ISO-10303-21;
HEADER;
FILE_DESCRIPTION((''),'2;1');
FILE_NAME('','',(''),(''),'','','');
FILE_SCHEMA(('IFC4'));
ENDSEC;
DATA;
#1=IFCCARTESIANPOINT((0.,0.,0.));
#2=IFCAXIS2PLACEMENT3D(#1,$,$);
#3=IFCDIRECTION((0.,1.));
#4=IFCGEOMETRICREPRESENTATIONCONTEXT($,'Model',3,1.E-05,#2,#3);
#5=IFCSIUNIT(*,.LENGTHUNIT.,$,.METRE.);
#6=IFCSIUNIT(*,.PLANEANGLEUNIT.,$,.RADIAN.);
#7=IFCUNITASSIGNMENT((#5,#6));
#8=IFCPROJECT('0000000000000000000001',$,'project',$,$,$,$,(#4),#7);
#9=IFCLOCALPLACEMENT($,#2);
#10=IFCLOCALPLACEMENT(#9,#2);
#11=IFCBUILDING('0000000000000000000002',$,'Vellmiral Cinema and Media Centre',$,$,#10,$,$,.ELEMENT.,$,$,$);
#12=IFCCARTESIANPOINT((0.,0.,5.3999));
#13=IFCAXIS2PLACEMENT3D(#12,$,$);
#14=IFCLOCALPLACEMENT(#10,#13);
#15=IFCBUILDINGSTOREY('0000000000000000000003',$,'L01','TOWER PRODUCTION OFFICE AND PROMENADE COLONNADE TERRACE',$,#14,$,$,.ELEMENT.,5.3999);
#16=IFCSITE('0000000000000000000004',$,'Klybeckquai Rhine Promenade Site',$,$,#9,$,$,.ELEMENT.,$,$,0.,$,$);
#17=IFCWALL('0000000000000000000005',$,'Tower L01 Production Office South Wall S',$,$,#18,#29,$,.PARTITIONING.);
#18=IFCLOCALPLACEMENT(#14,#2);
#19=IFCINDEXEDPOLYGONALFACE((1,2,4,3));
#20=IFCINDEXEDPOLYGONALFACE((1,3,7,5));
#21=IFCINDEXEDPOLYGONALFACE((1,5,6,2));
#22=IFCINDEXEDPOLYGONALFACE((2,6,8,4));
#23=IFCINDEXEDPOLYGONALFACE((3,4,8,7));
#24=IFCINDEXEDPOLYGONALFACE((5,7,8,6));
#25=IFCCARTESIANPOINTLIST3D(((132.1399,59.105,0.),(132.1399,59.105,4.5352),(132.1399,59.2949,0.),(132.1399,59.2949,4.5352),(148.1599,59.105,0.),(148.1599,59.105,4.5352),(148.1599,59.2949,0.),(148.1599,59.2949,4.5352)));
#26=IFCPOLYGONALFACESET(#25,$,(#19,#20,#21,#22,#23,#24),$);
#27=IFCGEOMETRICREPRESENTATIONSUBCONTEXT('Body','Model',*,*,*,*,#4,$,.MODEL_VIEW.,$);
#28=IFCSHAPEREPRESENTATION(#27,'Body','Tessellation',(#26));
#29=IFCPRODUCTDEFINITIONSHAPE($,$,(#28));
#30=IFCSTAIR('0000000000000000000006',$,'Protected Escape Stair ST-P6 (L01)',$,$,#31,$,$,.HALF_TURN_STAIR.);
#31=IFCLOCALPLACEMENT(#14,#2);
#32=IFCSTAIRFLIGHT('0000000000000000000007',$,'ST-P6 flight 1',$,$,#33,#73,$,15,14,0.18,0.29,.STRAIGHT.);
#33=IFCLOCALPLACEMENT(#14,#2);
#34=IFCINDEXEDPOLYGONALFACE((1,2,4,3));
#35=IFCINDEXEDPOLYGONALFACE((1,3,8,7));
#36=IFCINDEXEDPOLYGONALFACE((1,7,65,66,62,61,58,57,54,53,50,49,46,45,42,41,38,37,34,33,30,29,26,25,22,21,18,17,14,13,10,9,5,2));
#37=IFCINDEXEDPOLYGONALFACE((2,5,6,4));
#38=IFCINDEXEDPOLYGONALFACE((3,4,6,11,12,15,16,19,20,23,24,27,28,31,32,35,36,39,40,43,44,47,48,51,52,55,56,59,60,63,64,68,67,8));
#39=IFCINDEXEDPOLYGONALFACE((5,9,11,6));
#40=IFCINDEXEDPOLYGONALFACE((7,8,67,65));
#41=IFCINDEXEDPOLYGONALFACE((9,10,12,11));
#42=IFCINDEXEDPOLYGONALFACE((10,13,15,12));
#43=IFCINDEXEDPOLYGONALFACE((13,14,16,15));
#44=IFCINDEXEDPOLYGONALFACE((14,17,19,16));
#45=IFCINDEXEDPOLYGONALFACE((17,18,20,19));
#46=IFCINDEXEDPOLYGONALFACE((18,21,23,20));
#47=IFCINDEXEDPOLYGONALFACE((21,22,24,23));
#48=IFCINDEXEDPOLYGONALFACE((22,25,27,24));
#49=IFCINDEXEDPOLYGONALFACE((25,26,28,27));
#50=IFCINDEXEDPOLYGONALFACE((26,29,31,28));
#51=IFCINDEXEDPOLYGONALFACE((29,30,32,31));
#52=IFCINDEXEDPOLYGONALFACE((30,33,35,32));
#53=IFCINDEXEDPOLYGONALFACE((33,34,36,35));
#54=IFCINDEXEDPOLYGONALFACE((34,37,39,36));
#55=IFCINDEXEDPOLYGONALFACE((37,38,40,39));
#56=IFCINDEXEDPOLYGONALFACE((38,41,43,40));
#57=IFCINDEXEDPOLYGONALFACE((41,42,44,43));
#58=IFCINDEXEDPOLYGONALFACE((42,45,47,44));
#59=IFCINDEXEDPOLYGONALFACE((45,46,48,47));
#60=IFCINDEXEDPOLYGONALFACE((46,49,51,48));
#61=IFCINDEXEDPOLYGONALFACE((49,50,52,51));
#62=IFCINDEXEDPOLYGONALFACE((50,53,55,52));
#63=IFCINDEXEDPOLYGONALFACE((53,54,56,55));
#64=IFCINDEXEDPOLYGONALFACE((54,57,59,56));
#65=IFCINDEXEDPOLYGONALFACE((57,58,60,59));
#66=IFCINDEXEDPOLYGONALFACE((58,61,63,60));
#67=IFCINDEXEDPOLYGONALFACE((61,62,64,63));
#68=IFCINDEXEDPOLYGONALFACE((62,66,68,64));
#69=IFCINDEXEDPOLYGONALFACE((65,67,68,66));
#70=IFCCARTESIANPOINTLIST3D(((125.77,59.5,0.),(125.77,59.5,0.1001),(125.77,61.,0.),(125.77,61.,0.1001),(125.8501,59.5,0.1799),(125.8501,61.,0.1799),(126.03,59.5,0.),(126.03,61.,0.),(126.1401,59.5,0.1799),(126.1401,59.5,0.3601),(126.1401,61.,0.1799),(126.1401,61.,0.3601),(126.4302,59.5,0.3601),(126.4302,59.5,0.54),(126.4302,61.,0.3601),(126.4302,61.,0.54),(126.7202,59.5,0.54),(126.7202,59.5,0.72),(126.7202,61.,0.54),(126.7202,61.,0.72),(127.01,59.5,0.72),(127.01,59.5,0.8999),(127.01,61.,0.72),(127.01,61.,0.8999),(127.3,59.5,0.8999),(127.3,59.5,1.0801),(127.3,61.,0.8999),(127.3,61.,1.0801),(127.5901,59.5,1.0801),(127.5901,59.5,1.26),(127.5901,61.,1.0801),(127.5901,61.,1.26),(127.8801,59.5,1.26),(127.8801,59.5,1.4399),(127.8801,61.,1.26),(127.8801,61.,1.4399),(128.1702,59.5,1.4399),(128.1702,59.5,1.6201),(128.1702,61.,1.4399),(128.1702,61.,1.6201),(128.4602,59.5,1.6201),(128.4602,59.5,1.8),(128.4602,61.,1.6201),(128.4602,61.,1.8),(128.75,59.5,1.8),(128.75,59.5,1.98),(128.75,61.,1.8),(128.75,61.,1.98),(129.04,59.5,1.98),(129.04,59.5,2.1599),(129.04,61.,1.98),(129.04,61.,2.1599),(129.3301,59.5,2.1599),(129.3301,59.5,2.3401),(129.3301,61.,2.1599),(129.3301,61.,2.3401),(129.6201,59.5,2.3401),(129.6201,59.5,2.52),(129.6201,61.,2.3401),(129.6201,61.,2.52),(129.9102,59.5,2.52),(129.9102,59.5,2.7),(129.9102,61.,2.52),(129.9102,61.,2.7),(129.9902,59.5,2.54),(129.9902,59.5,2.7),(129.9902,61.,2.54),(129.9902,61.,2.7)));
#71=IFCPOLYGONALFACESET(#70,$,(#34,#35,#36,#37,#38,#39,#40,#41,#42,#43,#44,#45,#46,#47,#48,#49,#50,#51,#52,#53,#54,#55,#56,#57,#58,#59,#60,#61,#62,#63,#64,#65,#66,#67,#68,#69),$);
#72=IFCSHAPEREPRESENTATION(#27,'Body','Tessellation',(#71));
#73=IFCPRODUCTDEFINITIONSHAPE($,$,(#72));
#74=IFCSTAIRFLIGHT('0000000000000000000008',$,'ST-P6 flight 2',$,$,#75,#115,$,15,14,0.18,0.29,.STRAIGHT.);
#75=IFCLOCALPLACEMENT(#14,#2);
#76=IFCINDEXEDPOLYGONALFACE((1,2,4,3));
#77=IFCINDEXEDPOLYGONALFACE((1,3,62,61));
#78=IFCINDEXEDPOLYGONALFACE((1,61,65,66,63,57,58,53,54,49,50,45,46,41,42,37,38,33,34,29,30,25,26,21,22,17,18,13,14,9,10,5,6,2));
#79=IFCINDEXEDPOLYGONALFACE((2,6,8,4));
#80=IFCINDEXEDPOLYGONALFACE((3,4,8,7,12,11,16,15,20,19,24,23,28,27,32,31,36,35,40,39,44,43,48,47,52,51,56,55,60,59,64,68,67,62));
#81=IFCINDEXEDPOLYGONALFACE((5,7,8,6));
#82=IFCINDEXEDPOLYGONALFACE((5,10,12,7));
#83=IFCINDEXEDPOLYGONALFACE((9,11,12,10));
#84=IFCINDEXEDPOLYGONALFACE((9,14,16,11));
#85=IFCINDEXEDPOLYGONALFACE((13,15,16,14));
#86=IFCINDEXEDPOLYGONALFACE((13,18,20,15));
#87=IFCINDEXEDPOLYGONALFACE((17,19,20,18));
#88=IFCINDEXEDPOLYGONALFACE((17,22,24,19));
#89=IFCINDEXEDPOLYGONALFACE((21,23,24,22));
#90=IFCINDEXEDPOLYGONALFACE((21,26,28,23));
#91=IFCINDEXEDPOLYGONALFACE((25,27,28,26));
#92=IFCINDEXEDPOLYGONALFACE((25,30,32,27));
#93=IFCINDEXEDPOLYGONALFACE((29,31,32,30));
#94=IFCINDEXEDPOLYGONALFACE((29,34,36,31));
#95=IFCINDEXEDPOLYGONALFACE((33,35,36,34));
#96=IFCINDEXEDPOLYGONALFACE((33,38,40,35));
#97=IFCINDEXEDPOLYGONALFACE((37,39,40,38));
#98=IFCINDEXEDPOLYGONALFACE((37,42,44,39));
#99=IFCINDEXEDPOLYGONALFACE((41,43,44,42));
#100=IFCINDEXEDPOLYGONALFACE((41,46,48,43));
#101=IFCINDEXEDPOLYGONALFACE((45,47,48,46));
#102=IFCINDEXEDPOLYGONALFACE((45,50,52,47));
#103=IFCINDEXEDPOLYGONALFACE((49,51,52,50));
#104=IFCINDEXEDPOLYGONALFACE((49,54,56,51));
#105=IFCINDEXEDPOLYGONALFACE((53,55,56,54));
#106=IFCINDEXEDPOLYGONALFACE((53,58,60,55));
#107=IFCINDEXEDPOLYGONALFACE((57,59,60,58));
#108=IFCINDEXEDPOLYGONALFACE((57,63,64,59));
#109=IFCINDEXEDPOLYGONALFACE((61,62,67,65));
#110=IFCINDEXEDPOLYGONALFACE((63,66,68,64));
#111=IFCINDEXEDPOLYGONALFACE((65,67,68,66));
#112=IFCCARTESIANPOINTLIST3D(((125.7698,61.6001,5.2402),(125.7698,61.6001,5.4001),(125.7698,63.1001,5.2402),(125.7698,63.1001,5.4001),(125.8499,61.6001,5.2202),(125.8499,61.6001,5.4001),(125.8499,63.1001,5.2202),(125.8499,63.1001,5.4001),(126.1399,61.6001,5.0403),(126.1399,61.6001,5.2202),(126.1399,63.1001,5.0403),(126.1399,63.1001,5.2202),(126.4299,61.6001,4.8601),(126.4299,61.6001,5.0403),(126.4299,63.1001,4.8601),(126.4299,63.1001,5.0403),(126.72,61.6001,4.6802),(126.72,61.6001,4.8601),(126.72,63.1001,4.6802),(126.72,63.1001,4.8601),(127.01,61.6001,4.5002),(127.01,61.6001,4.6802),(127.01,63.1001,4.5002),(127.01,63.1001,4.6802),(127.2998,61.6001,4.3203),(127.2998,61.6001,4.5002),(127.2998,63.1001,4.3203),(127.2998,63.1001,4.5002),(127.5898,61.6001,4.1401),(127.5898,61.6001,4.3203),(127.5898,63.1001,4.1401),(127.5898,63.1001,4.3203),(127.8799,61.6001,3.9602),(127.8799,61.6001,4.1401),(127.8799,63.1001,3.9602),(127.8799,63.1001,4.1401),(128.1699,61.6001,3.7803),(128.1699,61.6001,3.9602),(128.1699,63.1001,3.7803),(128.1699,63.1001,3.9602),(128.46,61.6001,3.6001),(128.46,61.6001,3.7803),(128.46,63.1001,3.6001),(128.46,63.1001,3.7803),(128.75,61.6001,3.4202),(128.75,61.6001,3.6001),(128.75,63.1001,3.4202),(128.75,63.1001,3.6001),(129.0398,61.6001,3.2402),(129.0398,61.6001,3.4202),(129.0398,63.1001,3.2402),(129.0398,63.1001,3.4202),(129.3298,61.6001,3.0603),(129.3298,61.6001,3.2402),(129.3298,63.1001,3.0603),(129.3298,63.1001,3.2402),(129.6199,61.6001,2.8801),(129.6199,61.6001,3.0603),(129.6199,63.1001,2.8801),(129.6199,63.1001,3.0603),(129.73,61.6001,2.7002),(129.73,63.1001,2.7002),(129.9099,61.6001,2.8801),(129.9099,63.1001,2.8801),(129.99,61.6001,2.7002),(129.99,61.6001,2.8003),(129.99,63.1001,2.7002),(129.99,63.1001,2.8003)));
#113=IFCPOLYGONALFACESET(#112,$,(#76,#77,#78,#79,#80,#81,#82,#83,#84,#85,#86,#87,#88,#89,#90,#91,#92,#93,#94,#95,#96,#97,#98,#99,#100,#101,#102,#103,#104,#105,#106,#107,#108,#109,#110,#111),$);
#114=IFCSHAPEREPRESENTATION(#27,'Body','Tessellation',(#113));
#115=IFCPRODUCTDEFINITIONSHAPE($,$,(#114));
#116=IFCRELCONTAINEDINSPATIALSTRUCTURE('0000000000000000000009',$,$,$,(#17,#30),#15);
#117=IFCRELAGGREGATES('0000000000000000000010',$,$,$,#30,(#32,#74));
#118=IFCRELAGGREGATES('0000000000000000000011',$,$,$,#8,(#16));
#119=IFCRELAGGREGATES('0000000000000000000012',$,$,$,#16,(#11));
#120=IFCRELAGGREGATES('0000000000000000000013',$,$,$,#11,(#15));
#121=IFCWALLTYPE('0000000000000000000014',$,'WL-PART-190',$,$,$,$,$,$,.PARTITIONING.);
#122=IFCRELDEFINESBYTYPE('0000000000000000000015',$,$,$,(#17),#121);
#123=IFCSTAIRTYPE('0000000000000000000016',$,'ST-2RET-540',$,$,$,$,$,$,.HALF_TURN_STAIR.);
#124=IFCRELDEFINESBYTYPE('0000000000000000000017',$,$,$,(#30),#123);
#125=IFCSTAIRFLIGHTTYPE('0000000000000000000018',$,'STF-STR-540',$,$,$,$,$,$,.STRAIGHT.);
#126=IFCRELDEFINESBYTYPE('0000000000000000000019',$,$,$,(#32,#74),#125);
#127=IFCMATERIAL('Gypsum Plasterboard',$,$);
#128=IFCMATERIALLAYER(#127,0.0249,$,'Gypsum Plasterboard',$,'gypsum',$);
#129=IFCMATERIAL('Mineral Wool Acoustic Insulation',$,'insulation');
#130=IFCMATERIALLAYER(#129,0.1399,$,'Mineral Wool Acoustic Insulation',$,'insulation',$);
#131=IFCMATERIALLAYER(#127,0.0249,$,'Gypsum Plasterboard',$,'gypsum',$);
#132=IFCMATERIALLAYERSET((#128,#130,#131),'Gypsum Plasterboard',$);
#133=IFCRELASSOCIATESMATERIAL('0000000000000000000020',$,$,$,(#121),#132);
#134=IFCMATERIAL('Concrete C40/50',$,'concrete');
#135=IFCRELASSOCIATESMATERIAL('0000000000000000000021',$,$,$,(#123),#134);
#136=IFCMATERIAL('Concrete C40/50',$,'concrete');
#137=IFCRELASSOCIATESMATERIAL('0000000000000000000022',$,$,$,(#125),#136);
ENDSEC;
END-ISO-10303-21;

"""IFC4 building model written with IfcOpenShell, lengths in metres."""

from ifc_helpers import new_model, si_unit, direction, frame, frame_2d, origin, place, context, subcontext, project, spatial, polyline, rectangle, outline, extrude, material, layer, layer_set, type_object, element, aggregate, save


model = new_model("IFC4")

# Units and contexts
model_context = context("Model", 3, precision=1e-05, world=origin(), true_north=direction((0.0, 1.0)))
body_context = subcontext(model_context, "Body", "Model", "MODEL_VIEW")
ifc_project = project(units=[si_unit("LENGTHUNIT", "METRE"), si_unit("PLANEANGLEUNIT", "RADIAN")], contexts=[model_context])

# Site, building, storey
site_placement = place(None, origin())
site = spatial("IfcSite", under=ifc_project, at=site_placement, Name="Klybeckquai Rhine Promenade Site", CompositionType="ELEMENT", RefElevation=0.0)
building_placement = place(site_placement, origin())
building = spatial("IfcBuilding", under=site, at=building_placement, Name="Vellmiral Cinema and Media Centre", CompositionType="ELEMENT")
storey_placement = place(building_placement, frame((0.0, 0.0, 5.3999)))
storey = spatial("IfcBuildingStorey", under=building, at=storey_placement, Name="L01", Description="TOWER PRODUCTION OFFICE AND PROMENADE COLONNADE TERRACE", CompositionType="ELEMENT", Elevation=5.3999)

# Wall
ifc_material_1 = material(Name="Gypsum Plasterboard")
ifc_layer_1 = layer(ifc_material_1, 0.0249, Name="Gypsum Plasterboard", Category="gypsum")
ifc_material_2 = material(Name="Mineral Wool Acoustic Insulation", Category="insulation")
ifc_layer_2 = layer(ifc_material_2, 0.1399, Name="Mineral Wool Acoustic Insulation", Category="insulation")
ifc_layer_3 = layer(ifc_material_1, 0.0249, Name="Gypsum Plasterboard", Category="gypsum")
ifc_layer_set_1 = layer_set([ifc_layer_1, ifc_layer_2, ifc_layer_3], Name="Gypsum Plasterboard")
wall_type_1 = type_object("IfcWallType", Name="WL-PART-190", PredefinedType="PARTITIONING", material=ifc_layer_set_1)
wall_1_placement = place(storey_placement, frame((132.1399, 59.2, 0.0), z_axis=(0.0, 0.0, 1.0), x_axis=(1.0, 0.0, 0.0)))
element("IfcWall", 1, at=wall_1_placement, inside=storey, type_object=wall_type_1, Name="Tower L01 Production Office South Wall S", PredefinedType="PARTITIONING", context=body_context, shape_type="SweptSolid", body=[
    extrude(rectangle(XDim=16.02, YDim=0.1899, at=frame_2d((8.01, 0.0))), origin(), (0.0, 0.0, 1.0), 4.5352),
])

# Stair, stair flights
ifc_material_3 = material(Name="Concrete C40/50", Category="concrete")
stair_type = type_object("IfcStairType", Name="ST-2RET-540", PredefinedType="HALF_TURN_STAIR", material=ifc_material_3)
stair_placement = place(storey_placement, origin())
stair = element("IfcStair", 2, at=stair_placement, inside=storey, type_object=stair_type, Name="Protected Escape Stair ST-P6 (L01)", PredefinedType="HALF_TURN_STAIR")
ifc_material_4 = material(Name="Concrete C40/50", Category="concrete")
stair_flight_type = type_object("IfcStairFlightType", Name="STF-STR-540", PredefinedType="STRAIGHT", material=ifc_material_4)
stair_flight_1_placement = place(storey_placement, frame((125.8501, 60.25, 0.0), z_axis=(0.0, 0.0, 1.0), x_axis=(1.0, 0.0, 0.0)))
stair_flight_1 = element("IfcStairFlight", 3, at=stair_flight_1_placement, type_object=stair_flight_type, Name="ST-P6 flight 1", NumberOfRisers=15, NumberOfTreads=14, PredefinedType="STRAIGHT", RiserHeight=0.18, TreadLength=0.29, context=body_context, shape_type="SweptSolid", body=[
    extrude(outline(polyline([(-0.0801, 0.0), (-0.0801, 0.1001), (0.0, 0.1799), (0.29, 0.1799), (0.29, 0.3601), (0.5801, 0.3601), (0.5801, 0.54), (0.8701, 0.54), (0.8701, 0.72), (1.1599, 0.72), (1.1599, 0.8999), (1.45, 0.8999), (1.45, 1.0801), (1.74, 1.0801), (1.74, 1.26), (2.03, 1.26), (2.03, 1.4399), (2.3201, 1.4399), (2.3201, 1.6201), (2.6101, 1.6201), (2.6101, 1.8), (2.8999, 1.8), (2.8999, 1.98), (3.1899, 1.98), (3.1899, 2.1599), (3.48, 2.1599), (3.48, 2.3401), (3.77, 2.3401), (3.77, 2.52), (4.0601, 2.52), (4.0601, 2.7), (4.1401, 2.7), (4.1401, 2.54), (0.1799, 0.0), (-0.0801, 0.0)])), frame((0.0, 0.75, 0.0), z_axis=(0.0, -1.0, 0.0), x_axis=(1.0, 0.0, 0.0)), (0.0, 0.0, 1.0), 1.5),
])
stair_flight_2_placement = place(storey_placement, frame((129.9099, 62.3501, 2.7002), z_axis=(0.0, 0.0, 1.0), x_axis=(-1.0, 0.0, 0.0)))
stair_flight_2 = element("IfcStairFlight", 4, at=stair_flight_2_placement, type_object=stair_flight_type, Name="ST-P6 flight 2", NumberOfRisers=15, NumberOfTreads=14, PredefinedType="STRAIGHT", RiserHeight=0.18, TreadLength=0.29, context=body_context, shape_type="SweptSolid", body=[
    extrude(outline(polyline([(-0.0801, 0.0), (-0.0801, 0.1001), (0.0, 0.1799), (0.29, 0.1799), (0.29, 0.3601), (0.5801, 0.3601), (0.5801, 0.54), (0.8701, 0.54), (0.8701, 0.72), (1.1599, 0.72), (1.1599, 0.8999), (1.45, 0.8999), (1.45, 1.0801), (1.74, 1.0801), (1.74, 1.26), (2.03, 1.26), (2.03, 1.4399), (2.3201, 1.4399), (2.3201, 1.6201), (2.6101, 1.6201), (2.6101, 1.8), (2.8999, 1.8), (2.8999, 1.98), (3.1899, 1.98), (3.1899, 2.1599), (3.48, 2.1599), (3.48, 2.3401), (3.77, 2.3401), (3.77, 2.52), (4.0601, 2.52), (4.0601, 2.7), (4.1401, 2.7), (4.1401, 2.54), (0.1799, 0.0), (-0.0801, 0.0)])), frame((0.0, 0.75, 0.0), z_axis=(0.0, -1.0, 0.0), x_axis=(1.0, 0.0, 0.0)), (0.0, 0.0, 1.0), 1.5),
])
aggregate(stair, [stair_flight_1, stair_flight_2])

save(model, "model.ifc")
